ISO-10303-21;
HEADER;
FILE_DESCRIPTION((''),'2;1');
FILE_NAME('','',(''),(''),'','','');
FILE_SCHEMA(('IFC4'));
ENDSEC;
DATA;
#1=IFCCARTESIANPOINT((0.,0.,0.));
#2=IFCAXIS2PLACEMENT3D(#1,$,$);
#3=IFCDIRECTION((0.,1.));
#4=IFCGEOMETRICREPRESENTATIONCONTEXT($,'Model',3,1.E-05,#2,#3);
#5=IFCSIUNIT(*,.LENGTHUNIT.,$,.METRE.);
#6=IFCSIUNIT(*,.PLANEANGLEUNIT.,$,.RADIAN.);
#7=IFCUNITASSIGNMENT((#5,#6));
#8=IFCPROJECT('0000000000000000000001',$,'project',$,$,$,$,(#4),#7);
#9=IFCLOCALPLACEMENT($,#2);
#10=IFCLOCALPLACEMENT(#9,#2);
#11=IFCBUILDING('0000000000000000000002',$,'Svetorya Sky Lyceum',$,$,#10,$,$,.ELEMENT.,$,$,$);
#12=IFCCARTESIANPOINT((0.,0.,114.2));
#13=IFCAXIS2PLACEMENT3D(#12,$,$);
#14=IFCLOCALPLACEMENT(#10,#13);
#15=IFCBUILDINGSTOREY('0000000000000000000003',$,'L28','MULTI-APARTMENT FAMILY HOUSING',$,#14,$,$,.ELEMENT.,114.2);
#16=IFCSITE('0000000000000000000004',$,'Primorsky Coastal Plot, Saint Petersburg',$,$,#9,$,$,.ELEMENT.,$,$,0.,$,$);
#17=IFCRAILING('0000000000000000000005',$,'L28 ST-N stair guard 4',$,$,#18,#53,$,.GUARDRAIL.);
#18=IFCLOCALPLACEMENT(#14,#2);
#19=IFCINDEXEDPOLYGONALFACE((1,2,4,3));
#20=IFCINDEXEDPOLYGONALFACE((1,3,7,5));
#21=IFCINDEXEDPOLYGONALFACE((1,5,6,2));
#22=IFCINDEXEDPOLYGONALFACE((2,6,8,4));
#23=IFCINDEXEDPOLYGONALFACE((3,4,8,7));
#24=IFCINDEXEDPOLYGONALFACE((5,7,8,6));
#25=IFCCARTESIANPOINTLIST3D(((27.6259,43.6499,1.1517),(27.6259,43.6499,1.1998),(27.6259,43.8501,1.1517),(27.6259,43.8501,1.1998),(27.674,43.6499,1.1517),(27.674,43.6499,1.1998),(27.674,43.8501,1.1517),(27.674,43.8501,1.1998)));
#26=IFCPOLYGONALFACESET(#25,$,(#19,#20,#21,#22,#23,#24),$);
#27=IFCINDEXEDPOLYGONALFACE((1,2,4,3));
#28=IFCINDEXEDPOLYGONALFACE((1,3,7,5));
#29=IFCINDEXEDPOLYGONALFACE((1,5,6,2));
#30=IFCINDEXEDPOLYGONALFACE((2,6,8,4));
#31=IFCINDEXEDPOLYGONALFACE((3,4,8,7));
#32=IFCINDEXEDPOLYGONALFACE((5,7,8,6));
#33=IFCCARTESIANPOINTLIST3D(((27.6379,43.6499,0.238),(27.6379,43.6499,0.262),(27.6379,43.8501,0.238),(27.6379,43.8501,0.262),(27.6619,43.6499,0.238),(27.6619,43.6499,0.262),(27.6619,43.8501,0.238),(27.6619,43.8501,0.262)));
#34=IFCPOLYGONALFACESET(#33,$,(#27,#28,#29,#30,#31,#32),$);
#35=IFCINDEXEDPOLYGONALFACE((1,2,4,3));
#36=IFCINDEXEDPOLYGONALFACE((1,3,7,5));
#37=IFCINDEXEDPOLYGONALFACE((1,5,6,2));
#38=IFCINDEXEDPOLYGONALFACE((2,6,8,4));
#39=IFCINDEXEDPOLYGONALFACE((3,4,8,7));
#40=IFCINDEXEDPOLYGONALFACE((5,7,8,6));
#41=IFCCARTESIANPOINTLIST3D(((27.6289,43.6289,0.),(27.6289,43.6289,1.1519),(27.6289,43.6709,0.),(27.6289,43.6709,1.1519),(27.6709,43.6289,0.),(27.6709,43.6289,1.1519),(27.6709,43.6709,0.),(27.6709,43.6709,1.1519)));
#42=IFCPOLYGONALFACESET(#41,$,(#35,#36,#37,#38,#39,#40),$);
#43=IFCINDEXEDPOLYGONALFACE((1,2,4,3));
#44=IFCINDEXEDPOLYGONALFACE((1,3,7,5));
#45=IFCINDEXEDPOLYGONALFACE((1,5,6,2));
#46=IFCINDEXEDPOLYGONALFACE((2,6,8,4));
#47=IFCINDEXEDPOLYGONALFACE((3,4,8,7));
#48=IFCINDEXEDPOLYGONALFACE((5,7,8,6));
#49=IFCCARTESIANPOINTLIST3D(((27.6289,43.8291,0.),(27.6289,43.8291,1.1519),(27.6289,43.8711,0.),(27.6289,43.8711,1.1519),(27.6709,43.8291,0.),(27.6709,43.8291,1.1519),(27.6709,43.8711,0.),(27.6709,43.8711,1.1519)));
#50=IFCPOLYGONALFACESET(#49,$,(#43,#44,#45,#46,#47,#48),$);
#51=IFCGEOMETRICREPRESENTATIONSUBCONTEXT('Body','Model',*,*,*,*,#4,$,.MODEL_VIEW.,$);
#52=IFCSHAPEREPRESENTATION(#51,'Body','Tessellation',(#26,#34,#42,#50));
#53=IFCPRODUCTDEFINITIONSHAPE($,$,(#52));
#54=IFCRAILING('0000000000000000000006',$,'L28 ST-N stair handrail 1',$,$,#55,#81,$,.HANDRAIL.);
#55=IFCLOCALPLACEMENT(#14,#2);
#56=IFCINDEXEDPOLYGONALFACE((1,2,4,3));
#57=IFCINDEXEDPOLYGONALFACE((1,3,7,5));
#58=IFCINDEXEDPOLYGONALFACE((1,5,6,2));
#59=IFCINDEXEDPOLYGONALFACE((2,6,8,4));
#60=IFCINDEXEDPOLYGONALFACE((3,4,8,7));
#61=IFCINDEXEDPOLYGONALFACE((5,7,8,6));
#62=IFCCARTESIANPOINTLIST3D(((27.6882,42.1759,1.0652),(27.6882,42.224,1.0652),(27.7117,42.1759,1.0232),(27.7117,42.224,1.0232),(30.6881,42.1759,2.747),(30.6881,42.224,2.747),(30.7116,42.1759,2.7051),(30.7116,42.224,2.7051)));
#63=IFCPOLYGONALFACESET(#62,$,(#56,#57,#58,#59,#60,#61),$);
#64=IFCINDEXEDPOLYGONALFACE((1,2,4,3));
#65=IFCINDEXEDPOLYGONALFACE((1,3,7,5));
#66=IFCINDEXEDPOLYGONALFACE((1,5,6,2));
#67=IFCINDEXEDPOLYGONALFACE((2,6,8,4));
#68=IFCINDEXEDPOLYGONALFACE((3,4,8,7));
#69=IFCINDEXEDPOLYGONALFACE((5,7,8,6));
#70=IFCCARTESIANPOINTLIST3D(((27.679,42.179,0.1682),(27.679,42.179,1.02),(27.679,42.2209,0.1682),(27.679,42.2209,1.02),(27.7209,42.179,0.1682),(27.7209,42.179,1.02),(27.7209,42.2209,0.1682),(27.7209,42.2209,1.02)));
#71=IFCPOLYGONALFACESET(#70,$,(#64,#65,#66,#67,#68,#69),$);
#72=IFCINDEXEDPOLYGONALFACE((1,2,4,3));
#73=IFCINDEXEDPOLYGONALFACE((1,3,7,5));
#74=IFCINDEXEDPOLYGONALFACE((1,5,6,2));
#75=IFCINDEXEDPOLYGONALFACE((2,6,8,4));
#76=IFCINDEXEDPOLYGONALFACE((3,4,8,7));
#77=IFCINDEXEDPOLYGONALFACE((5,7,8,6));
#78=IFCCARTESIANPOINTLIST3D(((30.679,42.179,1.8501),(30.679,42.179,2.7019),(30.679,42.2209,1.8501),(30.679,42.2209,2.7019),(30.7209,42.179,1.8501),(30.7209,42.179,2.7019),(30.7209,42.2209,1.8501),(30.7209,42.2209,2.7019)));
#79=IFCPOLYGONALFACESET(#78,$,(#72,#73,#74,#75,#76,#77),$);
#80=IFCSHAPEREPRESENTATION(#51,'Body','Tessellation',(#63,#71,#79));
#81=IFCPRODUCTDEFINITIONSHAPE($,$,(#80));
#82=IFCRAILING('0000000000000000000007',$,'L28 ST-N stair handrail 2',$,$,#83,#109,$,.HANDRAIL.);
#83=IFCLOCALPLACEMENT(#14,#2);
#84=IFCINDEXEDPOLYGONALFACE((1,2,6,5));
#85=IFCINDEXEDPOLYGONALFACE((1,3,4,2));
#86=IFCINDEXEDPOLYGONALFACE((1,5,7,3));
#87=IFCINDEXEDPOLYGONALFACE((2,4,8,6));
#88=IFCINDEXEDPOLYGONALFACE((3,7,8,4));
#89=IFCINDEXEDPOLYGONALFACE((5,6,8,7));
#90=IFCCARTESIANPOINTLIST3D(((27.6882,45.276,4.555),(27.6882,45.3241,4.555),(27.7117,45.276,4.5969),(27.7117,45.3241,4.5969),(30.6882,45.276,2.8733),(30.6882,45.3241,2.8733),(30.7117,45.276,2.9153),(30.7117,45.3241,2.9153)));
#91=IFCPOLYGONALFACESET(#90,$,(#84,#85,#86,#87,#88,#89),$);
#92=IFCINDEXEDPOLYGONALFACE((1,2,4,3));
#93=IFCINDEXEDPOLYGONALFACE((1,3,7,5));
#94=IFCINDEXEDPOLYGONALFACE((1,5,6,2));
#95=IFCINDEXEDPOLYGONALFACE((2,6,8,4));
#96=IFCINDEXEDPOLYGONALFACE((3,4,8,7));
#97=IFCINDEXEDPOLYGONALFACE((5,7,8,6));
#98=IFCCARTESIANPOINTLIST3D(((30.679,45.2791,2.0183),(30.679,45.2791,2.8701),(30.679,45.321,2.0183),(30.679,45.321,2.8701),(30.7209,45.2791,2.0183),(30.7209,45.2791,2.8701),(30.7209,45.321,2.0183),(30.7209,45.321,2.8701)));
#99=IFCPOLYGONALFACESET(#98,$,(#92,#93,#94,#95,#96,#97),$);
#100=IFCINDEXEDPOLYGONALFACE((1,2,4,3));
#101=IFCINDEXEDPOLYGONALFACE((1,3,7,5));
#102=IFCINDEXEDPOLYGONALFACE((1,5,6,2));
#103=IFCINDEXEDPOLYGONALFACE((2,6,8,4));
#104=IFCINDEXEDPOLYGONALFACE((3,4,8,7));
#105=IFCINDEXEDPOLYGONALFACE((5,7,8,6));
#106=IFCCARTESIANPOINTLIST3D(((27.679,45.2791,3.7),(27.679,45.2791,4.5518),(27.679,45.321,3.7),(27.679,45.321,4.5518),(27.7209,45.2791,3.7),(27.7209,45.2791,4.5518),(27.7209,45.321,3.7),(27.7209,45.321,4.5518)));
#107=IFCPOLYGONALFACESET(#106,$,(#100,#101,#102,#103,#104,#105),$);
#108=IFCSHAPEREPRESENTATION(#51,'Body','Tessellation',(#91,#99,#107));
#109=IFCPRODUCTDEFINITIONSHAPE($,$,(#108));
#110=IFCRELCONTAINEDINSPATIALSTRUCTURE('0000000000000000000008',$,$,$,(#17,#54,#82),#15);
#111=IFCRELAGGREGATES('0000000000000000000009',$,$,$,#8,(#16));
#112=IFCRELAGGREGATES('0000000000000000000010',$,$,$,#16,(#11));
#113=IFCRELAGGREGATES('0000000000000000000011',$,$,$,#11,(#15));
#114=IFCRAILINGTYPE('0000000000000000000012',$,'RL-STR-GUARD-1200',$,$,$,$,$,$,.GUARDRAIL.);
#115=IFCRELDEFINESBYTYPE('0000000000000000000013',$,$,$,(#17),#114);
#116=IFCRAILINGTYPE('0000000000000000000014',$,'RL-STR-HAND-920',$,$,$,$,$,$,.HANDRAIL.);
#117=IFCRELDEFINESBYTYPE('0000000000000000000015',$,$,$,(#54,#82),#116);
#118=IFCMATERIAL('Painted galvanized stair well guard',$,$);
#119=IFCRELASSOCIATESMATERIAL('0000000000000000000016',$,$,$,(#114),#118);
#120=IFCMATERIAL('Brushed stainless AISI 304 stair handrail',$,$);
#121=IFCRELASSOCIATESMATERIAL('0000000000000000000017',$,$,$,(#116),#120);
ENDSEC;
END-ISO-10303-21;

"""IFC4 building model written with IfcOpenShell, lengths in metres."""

from ifc_helpers import new_model, si_unit, direction, frame, origin, origin_2d, place, context, subcontext, project, spatial, rectangle, extrude, material, type_object, element, save


model = new_model("IFC4")

# Units and contexts
model_context = context("Model", 3, precision=1e-05, world=origin(), true_north=direction((0.0, 1.0)))
body_context = subcontext(model_context, "Body", "Model", "MODEL_VIEW")
ifc_project = project(units=[si_unit("LENGTHUNIT", "METRE"), si_unit("PLANEANGLEUNIT", "RADIAN")], contexts=[model_context])

# Site, building, storey
site_placement = place(None, origin())
site = spatial("IfcSite", under=ifc_project, at=site_placement, Name="Primorsky Coastal Plot, Saint Petersburg", CompositionType="ELEMENT", RefElevation=0.0)
building_placement = place(site_placement, origin())
building = spatial("IfcBuilding", under=site, at=building_placement, Name="Svetorya Sky Lyceum", CompositionType="ELEMENT")
storey_placement = place(building_placement, frame((0.0, 0.0, 114.2)))
storey = spatial("IfcBuildingStorey", under=building, at=storey_placement, Name="L28", Description="MULTI-APARTMENT FAMILY HOUSING", CompositionType="ELEMENT", Elevation=114.2)

# Railings
ifc_material_1 = material(Name="Painted galvanized stair well guard")
railing_type_1 = type_object("IfcRailingType", Name="RL-STR-GUARD-1200", PredefinedType="GUARDRAIL", material=ifc_material_1)
railing_1_placement = place(storey_placement, frame((27.6499, 43.6499, 0.0)))
element("IfcRailing", 1, at=railing_1_placement, inside=storey, type_object=railing_type_1, Name="L28 ST-N stair guard 4", PredefinedType="GUARDRAIL", context=body_context, shape_type="SweptSolid", body=[
    extrude(rectangle(XDim=0.0481, YDim=0.0481, at=origin_2d()), frame((0.0, 0.0, 1.1758), z_axis=(0.0, 1.0, 0.0), x_axis=(-1.0, 0.0, 0.0)), (0.0, 0.0, 1.0), 0.2002),
    extrude(rectangle(XDim=0.0239, YDim=0.0239, at=origin_2d()), frame((0.0, 0.0, 0.25), z_axis=(0.0, 1.0, 0.0), x_axis=(-1.0, 0.0, 0.0)), (0.0, 0.0, 1.0), 0.2002),
    extrude(rectangle(XDim=0.042, YDim=0.042, at=origin_2d()), origin(), (0.0, 0.0, 1.0), 1.1519),
    extrude(rectangle(XDim=0.042, YDim=0.042, at=origin_2d()), frame((0.0, 0.2002, 0.0)), (0.0, 0.0, 1.0), 1.1519),
])
ifc_material_2 = material(Name="Brushed stainless AISI 304 stair handrail")
railing_type_2 = type_object("IfcRailingType", Name="RL-STR-HAND-920", PredefinedType="HANDRAIL", material=ifc_material_2)
railing_2_placement = place(storey_placement, frame((27.7, 42.2, 0.1682)))
element("IfcRailing", 2, at=railing_2_placement, inside=storey, type_object=railing_type_2, Name="L28 ST-N stair handrail 1", PredefinedType="HANDRAIL", context=body_context, shape_type="SweptSolid", body=[
    extrude(rectangle(XDim=0.0481, YDim=0.0481, at=origin_2d()), frame((0.0, 0.0, 0.876), z_axis=(0.872272, 0.0, 0.48902), x_axis=(0.0, 1.0, 0.0)), (0.0, 0.0, 1.0), 3.4392),
    extrude(rectangle(XDim=0.042, YDim=0.042, at=origin_2d()), origin(), (0.0, 0.0, 1.0), 0.8518),
    extrude(rectangle(XDim=0.042, YDim=0.042, at=origin_2d()), frame((3.0, 0.0, 1.6819)), (0.0, 0.0, 1.0), 0.8518),
])
railing_3_placement = place(storey_placement, frame((30.7, 45.3, 2.0183)))
element("IfcRailing", 3, at=railing_3_placement, inside=storey, type_object=railing_type_2, Name="L28 ST-N stair handrail 2", PredefinedType="HANDRAIL", context=body_context, shape_type="SweptSolid", body=[
    extrude(rectangle(XDim=0.0481, YDim=0.0481, at=origin_2d()), frame((0.0, 0.0, 0.876), z_axis=(-0.872303, 0.0, 0.488966), x_axis=(0.0, -1.0, 0.0)), (0.0, 0.0, 1.0), 3.4392),
    extrude(rectangle(XDim=0.042, YDim=0.042, at=origin_2d()), origin(), (0.0, 0.0, 1.0), 0.8518),
    extrude(rectangle(XDim=0.042, YDim=0.042, at=origin_2d()), frame((-3.0, 0.0, 1.6816)), (0.0, 0.0, 1.0), 0.8518),
])

save(model, "model.ifc")
